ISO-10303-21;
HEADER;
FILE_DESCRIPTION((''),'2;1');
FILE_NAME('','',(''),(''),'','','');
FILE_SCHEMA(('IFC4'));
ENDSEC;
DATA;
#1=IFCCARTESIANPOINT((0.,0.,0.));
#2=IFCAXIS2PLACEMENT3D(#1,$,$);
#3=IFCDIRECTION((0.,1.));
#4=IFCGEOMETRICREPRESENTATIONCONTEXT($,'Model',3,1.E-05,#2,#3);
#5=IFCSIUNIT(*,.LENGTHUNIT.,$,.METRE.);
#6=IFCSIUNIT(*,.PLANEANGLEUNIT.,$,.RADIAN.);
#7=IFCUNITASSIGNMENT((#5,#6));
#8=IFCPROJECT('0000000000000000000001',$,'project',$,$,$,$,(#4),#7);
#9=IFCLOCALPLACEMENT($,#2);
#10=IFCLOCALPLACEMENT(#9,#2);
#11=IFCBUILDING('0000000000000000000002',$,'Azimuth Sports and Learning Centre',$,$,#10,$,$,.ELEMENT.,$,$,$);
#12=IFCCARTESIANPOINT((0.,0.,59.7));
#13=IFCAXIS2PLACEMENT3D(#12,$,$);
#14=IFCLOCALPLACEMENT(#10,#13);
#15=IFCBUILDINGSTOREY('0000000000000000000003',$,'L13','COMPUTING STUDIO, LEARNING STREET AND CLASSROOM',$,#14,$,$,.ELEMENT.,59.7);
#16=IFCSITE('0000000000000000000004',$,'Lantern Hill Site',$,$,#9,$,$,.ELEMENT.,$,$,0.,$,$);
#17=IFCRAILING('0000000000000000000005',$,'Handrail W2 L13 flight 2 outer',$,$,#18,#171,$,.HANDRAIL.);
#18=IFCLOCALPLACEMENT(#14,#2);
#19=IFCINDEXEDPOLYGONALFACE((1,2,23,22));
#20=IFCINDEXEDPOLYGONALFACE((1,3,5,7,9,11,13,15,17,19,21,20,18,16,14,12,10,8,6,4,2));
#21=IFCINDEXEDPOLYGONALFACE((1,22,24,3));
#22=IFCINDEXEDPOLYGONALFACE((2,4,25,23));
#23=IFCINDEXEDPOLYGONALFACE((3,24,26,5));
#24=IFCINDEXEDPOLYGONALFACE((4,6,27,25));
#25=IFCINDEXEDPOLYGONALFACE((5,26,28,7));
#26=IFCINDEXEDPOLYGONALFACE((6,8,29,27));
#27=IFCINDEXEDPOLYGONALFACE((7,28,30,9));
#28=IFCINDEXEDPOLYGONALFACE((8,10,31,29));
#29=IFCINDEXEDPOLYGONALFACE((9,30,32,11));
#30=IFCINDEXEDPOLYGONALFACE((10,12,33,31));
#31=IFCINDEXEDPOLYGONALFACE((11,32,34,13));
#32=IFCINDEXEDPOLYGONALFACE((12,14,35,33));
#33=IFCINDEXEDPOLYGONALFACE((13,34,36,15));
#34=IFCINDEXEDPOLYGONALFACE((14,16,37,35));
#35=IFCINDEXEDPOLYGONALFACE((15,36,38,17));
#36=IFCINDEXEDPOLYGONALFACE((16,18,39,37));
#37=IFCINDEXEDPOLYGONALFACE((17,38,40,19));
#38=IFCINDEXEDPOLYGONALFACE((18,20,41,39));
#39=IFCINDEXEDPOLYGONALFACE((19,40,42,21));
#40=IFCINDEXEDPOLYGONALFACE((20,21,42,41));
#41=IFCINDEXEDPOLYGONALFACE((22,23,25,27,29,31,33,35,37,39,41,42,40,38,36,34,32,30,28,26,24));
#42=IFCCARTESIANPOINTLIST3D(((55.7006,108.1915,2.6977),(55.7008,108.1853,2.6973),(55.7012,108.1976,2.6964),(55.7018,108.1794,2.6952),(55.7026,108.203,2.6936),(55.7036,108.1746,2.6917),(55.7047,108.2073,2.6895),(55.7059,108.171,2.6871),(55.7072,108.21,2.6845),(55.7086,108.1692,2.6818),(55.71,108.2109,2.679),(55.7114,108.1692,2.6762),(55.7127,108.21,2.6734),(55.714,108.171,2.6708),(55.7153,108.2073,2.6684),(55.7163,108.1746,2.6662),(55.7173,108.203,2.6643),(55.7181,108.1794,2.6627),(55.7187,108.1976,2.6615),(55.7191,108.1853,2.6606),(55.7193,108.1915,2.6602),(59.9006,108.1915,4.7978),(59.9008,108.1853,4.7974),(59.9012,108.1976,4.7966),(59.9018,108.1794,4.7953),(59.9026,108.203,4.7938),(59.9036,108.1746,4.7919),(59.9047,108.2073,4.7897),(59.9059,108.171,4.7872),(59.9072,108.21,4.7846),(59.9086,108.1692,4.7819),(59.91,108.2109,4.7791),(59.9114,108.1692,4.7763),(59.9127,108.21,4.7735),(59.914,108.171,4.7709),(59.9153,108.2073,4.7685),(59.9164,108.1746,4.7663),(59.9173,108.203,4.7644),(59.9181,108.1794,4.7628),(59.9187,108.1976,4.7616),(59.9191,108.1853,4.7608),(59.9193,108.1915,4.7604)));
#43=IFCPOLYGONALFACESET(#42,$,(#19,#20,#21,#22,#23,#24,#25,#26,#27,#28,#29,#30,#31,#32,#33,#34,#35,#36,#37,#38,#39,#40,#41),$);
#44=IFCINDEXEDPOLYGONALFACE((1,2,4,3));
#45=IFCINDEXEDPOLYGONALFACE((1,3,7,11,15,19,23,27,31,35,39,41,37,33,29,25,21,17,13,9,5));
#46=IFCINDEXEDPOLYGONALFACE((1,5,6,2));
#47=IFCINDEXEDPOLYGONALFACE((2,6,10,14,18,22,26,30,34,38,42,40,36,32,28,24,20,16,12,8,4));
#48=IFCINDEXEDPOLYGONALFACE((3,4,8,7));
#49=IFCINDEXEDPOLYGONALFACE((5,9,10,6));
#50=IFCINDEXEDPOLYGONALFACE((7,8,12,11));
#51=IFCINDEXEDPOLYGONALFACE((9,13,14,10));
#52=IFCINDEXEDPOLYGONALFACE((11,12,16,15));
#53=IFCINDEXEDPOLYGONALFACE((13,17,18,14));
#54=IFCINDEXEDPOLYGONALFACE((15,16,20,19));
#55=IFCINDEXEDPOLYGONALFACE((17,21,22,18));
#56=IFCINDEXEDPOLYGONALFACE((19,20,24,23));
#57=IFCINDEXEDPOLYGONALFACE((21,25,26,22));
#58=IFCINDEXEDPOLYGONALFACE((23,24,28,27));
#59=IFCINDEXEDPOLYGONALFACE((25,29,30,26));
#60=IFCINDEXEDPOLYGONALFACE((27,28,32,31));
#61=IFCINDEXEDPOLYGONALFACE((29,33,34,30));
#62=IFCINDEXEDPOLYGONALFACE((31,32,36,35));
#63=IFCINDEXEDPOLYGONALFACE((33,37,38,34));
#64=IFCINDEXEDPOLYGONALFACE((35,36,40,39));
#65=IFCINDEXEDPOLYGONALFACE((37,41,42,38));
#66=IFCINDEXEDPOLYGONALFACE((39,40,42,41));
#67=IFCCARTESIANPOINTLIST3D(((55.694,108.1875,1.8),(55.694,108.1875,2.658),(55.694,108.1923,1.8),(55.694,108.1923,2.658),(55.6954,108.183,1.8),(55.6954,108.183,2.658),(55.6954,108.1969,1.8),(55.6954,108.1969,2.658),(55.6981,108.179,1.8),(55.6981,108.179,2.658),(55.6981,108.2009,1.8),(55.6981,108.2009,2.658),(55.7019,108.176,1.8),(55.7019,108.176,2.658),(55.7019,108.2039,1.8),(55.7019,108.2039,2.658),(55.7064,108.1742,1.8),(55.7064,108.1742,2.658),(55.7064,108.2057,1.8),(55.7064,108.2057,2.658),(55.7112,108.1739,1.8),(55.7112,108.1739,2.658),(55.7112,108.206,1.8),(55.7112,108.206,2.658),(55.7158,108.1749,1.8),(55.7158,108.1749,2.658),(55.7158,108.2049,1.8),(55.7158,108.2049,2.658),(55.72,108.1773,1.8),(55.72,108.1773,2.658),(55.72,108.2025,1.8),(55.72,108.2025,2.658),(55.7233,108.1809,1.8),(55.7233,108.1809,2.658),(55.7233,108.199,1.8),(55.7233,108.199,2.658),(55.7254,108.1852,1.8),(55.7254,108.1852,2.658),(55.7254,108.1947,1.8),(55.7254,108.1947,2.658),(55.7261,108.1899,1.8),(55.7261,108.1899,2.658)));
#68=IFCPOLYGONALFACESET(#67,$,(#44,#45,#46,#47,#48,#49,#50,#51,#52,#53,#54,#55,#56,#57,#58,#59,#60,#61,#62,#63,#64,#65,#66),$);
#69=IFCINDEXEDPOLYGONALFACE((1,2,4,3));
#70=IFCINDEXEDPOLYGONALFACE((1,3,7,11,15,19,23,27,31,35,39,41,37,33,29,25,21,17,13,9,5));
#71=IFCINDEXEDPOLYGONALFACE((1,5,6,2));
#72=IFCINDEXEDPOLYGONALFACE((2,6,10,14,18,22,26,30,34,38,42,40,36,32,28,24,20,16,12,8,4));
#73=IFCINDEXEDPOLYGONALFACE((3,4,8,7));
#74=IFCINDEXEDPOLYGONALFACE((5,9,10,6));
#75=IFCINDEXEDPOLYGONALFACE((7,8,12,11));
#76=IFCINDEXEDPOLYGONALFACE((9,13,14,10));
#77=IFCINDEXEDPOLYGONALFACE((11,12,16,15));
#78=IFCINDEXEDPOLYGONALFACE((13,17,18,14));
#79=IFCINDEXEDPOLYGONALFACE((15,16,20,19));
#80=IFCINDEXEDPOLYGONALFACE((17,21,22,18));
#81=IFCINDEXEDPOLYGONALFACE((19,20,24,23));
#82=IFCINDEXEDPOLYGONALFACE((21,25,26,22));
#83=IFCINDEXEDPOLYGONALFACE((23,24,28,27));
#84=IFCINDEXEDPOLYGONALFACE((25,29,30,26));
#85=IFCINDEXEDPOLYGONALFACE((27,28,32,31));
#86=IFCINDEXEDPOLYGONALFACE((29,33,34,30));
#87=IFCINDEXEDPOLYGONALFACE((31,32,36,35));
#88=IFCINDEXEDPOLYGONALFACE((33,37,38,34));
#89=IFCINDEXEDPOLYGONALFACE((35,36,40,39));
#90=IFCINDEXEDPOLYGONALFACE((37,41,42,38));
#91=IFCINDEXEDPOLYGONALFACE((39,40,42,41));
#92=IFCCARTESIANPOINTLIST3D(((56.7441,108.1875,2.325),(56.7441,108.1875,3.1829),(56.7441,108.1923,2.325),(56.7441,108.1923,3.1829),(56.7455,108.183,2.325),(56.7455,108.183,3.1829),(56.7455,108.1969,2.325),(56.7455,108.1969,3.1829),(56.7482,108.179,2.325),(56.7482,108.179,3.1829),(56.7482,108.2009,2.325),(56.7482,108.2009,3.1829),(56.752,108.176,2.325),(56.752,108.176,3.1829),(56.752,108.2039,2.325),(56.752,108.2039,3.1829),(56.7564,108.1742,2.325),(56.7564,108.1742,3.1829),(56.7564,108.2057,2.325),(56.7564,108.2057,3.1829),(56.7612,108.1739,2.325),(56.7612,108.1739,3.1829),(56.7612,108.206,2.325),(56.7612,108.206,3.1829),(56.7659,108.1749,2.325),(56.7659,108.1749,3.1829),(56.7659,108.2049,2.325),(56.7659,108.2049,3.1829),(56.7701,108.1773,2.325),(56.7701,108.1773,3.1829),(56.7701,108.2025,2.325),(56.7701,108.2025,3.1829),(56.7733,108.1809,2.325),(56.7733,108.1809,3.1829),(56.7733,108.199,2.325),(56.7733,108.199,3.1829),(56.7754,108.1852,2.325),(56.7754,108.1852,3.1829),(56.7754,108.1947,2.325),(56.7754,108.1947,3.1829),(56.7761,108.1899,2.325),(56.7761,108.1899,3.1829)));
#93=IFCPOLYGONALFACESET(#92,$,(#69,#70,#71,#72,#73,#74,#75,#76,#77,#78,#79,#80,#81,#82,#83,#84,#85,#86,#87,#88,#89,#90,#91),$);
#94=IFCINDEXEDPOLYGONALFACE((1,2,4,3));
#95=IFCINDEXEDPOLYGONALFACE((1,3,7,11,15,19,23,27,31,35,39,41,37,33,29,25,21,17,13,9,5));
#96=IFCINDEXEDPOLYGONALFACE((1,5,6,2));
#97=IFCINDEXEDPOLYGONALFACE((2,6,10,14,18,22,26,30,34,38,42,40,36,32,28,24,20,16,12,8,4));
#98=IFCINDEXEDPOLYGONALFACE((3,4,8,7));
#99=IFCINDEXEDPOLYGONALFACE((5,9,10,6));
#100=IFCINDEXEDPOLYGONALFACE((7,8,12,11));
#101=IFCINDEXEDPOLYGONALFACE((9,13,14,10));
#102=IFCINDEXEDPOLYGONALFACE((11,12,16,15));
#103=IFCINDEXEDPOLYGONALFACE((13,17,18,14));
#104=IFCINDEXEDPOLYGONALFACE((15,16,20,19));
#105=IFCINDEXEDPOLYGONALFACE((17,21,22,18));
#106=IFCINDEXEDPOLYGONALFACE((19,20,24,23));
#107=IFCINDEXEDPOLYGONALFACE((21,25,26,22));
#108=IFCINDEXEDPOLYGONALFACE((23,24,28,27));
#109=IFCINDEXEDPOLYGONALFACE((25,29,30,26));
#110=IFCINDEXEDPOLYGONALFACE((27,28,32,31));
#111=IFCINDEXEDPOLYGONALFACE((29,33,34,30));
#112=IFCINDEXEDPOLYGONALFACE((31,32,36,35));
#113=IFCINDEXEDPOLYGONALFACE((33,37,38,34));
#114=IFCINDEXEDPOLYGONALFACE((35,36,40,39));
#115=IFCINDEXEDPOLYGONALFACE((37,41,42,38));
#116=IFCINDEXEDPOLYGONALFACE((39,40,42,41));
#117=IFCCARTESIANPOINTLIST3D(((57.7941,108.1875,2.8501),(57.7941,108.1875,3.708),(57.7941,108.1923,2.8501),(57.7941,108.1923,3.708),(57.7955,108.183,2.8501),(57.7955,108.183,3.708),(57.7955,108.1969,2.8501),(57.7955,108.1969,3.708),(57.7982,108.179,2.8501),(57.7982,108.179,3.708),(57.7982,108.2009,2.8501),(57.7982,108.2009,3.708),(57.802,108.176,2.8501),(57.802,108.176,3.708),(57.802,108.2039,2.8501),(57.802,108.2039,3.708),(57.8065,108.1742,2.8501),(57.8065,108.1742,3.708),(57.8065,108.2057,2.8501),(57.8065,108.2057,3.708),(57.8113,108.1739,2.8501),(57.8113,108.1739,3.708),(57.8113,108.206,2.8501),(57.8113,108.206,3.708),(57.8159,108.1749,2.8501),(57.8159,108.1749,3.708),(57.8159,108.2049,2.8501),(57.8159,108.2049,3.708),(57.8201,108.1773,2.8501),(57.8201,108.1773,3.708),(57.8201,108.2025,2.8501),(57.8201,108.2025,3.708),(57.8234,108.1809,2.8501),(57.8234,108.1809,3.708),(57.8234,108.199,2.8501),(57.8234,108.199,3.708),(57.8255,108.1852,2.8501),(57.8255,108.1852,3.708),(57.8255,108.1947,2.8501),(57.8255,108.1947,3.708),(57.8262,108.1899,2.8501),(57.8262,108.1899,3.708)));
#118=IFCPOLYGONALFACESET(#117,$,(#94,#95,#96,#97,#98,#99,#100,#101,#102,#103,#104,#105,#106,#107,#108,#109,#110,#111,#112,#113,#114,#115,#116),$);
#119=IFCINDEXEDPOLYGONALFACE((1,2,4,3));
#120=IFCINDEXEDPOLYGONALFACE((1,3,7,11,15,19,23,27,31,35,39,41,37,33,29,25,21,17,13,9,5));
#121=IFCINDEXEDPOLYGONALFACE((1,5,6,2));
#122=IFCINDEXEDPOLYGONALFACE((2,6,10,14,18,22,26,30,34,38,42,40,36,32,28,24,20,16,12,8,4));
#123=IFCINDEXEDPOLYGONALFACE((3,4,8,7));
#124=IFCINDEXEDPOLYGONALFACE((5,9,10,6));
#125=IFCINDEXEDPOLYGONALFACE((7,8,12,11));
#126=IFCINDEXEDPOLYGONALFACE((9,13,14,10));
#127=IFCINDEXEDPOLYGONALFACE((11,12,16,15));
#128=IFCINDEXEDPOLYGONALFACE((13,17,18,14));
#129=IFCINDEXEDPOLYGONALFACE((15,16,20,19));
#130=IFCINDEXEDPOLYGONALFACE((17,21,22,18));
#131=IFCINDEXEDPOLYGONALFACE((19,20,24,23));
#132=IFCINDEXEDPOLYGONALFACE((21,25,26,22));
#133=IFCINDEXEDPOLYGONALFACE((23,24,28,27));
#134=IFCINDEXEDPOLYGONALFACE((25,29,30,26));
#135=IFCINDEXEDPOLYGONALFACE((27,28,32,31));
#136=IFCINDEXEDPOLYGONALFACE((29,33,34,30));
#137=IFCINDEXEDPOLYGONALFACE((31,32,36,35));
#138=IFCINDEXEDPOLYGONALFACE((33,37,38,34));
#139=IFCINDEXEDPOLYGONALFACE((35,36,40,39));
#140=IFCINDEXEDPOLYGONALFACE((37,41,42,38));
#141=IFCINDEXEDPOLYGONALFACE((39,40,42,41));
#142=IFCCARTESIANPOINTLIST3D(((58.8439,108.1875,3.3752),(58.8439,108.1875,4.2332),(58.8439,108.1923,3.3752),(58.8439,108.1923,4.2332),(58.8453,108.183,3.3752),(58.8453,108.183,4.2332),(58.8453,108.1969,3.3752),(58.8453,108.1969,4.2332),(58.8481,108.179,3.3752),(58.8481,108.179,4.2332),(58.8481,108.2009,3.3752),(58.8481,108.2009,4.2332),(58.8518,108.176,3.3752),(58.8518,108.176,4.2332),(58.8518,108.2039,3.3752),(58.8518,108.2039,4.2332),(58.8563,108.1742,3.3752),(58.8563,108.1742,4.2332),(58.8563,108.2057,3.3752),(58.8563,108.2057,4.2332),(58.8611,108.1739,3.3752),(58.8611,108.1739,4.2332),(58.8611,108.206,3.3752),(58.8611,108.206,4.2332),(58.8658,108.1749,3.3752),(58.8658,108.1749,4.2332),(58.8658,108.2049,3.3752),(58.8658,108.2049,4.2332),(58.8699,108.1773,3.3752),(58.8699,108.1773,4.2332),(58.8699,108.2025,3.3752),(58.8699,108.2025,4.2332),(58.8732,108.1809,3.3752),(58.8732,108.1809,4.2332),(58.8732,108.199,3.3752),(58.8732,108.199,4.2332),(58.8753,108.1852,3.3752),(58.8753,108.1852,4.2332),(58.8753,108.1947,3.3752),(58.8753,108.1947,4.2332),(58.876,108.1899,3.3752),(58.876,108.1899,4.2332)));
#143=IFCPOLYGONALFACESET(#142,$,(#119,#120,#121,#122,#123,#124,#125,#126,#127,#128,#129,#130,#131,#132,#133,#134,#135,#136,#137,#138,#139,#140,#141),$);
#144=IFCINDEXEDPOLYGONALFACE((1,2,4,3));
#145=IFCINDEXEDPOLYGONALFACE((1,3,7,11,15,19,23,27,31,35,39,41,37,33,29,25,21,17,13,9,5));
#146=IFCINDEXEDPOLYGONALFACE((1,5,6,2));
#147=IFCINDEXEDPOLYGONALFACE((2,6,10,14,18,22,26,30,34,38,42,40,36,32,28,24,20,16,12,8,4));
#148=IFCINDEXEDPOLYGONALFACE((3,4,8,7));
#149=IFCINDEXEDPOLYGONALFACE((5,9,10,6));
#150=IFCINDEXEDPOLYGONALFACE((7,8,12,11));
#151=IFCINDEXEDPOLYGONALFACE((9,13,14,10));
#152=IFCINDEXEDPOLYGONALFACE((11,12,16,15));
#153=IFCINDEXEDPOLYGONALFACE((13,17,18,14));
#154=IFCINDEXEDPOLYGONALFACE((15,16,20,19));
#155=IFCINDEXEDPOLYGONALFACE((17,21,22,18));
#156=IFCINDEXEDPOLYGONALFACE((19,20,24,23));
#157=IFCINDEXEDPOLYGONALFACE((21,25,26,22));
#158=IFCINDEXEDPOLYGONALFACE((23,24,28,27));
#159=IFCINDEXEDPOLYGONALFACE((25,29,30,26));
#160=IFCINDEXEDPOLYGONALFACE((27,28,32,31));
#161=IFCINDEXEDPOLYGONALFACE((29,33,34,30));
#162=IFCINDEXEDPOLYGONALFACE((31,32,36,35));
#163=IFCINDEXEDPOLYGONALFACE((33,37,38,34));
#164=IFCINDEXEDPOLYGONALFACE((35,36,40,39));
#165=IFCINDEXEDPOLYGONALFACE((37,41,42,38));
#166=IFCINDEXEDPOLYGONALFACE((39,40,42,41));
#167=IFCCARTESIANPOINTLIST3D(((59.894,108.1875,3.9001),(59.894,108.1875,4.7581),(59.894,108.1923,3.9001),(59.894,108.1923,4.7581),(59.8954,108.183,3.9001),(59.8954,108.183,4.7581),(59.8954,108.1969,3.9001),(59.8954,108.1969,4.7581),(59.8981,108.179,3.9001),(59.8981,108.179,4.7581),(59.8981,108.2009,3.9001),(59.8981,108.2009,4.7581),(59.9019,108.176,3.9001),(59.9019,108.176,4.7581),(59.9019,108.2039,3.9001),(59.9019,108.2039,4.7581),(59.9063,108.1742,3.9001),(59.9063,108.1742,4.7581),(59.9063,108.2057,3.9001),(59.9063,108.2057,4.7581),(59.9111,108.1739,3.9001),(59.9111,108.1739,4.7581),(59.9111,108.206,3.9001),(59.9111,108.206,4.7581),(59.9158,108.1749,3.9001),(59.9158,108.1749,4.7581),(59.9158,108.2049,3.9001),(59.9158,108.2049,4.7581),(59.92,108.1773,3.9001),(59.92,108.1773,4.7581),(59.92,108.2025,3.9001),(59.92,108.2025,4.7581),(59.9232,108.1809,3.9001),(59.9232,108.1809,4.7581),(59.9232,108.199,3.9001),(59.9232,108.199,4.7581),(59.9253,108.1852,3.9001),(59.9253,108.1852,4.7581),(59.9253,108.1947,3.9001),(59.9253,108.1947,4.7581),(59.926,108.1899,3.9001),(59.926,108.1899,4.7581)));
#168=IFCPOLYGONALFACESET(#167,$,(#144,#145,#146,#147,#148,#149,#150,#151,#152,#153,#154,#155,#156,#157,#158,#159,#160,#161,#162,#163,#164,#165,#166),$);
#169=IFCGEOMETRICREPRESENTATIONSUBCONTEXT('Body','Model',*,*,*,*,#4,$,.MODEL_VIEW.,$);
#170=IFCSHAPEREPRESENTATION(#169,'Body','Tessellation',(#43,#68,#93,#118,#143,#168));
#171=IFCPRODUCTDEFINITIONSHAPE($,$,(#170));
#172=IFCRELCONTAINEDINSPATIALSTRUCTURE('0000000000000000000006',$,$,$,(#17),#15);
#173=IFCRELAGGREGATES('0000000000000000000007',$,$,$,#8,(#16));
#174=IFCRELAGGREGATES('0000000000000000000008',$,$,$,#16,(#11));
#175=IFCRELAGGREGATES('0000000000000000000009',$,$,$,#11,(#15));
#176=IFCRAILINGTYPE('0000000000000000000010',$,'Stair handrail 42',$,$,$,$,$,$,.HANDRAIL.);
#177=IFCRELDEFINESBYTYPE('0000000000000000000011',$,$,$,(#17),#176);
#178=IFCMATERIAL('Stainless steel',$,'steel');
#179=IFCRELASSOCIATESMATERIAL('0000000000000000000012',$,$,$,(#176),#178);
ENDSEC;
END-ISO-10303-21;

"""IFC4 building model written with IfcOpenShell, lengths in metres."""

from ifc_helpers import new_model, si_unit, direction, frame, origin, origin_2d, place, context, subcontext, project, spatial, circle, extrude, material, type_object, element, save


model = new_model("IFC4")

# Units and contexts
model_context = context("Model", 3, precision=1e-05, world=origin(), true_north=direction((0.0, 1.0)))
body_context = subcontext(model_context, "Body", "Model", "MODEL_VIEW")
ifc_project = project(units=[si_unit("LENGTHUNIT", "METRE"), si_unit("PLANEANGLEUNIT", "RADIAN")], contexts=[model_context])

# Site, building, storey
site_placement = place(None, origin())
site = spatial("IfcSite", under=ifc_project, at=site_placement, Name="Lantern Hill Site", CompositionType="ELEMENT", RefElevation=0.0)
building_placement = place(site_placement, origin())
building = spatial("IfcBuilding", under=site, at=building_placement, Name="Azimuth Sports and Learning Centre", CompositionType="ELEMENT")
storey_placement = place(building_placement, frame((0.0, 0.0, 59.7)))
storey = spatial("IfcBuildingStorey", under=building, at=storey_placement, Name="L13", Description="COMPUTING STUDIO, LEARNING STREET AND CLASSROOM", CompositionType="ELEMENT", Elevation=59.7)

# Railing
ifc_material_1 = material(Name="Stainless steel", Category="steel")
railing_type = type_object("IfcRailingType", Name="Stair handrail 42", PredefinedType="HANDRAIL", material=ifc_material_1)
for number, where, name in (
    (1, (55.71, 108.1899, 1.8), "Handrail W2 L13 flight 2 outer"),
):
    element("IfcRailing", number, at=place(storey_placement, frame(where)), inside=storey, type_object=railing_type, Name=name, PredefinedType="HANDRAIL", context=body_context, shape_type="SweptSolid", body=[
        extrude(circle(Radius=0.021, at=origin_2d()), frame((0.0, 0.0, 0.8789), z_axis=(0.894417, 0.0, 0.447234), x_axis=(0.0, 1.0, 0.0)), (0.0, 0.0, 1.0), 4.6958),
        extrude(circle(Radius=0.0161, at=origin_2d()), origin(), (0.0, 0.0, 1.0), 0.8579),
        extrude(circle(Radius=0.0161, at=origin_2d()), frame((1.05, 0.0, 0.5249)), (0.0, 0.0, 1.0), 0.8579),
        extrude(circle(Radius=0.0161, at=origin_2d()), frame((2.1001, 0.0, 1.05)), (0.0, 0.0, 1.0), 0.8579),
        extrude(circle(Radius=0.0161, at=origin_2d()), frame((3.1499, 0.0, 1.5752)), (0.0, 0.0, 1.0), 0.8579),
        extrude(circle(Radius=0.0161, at=origin_2d()), frame((4.2, 0.0, 2.1001)), (0.0, 0.0, 1.0), 0.8579),
    ])

save(model, "model.ifc")
